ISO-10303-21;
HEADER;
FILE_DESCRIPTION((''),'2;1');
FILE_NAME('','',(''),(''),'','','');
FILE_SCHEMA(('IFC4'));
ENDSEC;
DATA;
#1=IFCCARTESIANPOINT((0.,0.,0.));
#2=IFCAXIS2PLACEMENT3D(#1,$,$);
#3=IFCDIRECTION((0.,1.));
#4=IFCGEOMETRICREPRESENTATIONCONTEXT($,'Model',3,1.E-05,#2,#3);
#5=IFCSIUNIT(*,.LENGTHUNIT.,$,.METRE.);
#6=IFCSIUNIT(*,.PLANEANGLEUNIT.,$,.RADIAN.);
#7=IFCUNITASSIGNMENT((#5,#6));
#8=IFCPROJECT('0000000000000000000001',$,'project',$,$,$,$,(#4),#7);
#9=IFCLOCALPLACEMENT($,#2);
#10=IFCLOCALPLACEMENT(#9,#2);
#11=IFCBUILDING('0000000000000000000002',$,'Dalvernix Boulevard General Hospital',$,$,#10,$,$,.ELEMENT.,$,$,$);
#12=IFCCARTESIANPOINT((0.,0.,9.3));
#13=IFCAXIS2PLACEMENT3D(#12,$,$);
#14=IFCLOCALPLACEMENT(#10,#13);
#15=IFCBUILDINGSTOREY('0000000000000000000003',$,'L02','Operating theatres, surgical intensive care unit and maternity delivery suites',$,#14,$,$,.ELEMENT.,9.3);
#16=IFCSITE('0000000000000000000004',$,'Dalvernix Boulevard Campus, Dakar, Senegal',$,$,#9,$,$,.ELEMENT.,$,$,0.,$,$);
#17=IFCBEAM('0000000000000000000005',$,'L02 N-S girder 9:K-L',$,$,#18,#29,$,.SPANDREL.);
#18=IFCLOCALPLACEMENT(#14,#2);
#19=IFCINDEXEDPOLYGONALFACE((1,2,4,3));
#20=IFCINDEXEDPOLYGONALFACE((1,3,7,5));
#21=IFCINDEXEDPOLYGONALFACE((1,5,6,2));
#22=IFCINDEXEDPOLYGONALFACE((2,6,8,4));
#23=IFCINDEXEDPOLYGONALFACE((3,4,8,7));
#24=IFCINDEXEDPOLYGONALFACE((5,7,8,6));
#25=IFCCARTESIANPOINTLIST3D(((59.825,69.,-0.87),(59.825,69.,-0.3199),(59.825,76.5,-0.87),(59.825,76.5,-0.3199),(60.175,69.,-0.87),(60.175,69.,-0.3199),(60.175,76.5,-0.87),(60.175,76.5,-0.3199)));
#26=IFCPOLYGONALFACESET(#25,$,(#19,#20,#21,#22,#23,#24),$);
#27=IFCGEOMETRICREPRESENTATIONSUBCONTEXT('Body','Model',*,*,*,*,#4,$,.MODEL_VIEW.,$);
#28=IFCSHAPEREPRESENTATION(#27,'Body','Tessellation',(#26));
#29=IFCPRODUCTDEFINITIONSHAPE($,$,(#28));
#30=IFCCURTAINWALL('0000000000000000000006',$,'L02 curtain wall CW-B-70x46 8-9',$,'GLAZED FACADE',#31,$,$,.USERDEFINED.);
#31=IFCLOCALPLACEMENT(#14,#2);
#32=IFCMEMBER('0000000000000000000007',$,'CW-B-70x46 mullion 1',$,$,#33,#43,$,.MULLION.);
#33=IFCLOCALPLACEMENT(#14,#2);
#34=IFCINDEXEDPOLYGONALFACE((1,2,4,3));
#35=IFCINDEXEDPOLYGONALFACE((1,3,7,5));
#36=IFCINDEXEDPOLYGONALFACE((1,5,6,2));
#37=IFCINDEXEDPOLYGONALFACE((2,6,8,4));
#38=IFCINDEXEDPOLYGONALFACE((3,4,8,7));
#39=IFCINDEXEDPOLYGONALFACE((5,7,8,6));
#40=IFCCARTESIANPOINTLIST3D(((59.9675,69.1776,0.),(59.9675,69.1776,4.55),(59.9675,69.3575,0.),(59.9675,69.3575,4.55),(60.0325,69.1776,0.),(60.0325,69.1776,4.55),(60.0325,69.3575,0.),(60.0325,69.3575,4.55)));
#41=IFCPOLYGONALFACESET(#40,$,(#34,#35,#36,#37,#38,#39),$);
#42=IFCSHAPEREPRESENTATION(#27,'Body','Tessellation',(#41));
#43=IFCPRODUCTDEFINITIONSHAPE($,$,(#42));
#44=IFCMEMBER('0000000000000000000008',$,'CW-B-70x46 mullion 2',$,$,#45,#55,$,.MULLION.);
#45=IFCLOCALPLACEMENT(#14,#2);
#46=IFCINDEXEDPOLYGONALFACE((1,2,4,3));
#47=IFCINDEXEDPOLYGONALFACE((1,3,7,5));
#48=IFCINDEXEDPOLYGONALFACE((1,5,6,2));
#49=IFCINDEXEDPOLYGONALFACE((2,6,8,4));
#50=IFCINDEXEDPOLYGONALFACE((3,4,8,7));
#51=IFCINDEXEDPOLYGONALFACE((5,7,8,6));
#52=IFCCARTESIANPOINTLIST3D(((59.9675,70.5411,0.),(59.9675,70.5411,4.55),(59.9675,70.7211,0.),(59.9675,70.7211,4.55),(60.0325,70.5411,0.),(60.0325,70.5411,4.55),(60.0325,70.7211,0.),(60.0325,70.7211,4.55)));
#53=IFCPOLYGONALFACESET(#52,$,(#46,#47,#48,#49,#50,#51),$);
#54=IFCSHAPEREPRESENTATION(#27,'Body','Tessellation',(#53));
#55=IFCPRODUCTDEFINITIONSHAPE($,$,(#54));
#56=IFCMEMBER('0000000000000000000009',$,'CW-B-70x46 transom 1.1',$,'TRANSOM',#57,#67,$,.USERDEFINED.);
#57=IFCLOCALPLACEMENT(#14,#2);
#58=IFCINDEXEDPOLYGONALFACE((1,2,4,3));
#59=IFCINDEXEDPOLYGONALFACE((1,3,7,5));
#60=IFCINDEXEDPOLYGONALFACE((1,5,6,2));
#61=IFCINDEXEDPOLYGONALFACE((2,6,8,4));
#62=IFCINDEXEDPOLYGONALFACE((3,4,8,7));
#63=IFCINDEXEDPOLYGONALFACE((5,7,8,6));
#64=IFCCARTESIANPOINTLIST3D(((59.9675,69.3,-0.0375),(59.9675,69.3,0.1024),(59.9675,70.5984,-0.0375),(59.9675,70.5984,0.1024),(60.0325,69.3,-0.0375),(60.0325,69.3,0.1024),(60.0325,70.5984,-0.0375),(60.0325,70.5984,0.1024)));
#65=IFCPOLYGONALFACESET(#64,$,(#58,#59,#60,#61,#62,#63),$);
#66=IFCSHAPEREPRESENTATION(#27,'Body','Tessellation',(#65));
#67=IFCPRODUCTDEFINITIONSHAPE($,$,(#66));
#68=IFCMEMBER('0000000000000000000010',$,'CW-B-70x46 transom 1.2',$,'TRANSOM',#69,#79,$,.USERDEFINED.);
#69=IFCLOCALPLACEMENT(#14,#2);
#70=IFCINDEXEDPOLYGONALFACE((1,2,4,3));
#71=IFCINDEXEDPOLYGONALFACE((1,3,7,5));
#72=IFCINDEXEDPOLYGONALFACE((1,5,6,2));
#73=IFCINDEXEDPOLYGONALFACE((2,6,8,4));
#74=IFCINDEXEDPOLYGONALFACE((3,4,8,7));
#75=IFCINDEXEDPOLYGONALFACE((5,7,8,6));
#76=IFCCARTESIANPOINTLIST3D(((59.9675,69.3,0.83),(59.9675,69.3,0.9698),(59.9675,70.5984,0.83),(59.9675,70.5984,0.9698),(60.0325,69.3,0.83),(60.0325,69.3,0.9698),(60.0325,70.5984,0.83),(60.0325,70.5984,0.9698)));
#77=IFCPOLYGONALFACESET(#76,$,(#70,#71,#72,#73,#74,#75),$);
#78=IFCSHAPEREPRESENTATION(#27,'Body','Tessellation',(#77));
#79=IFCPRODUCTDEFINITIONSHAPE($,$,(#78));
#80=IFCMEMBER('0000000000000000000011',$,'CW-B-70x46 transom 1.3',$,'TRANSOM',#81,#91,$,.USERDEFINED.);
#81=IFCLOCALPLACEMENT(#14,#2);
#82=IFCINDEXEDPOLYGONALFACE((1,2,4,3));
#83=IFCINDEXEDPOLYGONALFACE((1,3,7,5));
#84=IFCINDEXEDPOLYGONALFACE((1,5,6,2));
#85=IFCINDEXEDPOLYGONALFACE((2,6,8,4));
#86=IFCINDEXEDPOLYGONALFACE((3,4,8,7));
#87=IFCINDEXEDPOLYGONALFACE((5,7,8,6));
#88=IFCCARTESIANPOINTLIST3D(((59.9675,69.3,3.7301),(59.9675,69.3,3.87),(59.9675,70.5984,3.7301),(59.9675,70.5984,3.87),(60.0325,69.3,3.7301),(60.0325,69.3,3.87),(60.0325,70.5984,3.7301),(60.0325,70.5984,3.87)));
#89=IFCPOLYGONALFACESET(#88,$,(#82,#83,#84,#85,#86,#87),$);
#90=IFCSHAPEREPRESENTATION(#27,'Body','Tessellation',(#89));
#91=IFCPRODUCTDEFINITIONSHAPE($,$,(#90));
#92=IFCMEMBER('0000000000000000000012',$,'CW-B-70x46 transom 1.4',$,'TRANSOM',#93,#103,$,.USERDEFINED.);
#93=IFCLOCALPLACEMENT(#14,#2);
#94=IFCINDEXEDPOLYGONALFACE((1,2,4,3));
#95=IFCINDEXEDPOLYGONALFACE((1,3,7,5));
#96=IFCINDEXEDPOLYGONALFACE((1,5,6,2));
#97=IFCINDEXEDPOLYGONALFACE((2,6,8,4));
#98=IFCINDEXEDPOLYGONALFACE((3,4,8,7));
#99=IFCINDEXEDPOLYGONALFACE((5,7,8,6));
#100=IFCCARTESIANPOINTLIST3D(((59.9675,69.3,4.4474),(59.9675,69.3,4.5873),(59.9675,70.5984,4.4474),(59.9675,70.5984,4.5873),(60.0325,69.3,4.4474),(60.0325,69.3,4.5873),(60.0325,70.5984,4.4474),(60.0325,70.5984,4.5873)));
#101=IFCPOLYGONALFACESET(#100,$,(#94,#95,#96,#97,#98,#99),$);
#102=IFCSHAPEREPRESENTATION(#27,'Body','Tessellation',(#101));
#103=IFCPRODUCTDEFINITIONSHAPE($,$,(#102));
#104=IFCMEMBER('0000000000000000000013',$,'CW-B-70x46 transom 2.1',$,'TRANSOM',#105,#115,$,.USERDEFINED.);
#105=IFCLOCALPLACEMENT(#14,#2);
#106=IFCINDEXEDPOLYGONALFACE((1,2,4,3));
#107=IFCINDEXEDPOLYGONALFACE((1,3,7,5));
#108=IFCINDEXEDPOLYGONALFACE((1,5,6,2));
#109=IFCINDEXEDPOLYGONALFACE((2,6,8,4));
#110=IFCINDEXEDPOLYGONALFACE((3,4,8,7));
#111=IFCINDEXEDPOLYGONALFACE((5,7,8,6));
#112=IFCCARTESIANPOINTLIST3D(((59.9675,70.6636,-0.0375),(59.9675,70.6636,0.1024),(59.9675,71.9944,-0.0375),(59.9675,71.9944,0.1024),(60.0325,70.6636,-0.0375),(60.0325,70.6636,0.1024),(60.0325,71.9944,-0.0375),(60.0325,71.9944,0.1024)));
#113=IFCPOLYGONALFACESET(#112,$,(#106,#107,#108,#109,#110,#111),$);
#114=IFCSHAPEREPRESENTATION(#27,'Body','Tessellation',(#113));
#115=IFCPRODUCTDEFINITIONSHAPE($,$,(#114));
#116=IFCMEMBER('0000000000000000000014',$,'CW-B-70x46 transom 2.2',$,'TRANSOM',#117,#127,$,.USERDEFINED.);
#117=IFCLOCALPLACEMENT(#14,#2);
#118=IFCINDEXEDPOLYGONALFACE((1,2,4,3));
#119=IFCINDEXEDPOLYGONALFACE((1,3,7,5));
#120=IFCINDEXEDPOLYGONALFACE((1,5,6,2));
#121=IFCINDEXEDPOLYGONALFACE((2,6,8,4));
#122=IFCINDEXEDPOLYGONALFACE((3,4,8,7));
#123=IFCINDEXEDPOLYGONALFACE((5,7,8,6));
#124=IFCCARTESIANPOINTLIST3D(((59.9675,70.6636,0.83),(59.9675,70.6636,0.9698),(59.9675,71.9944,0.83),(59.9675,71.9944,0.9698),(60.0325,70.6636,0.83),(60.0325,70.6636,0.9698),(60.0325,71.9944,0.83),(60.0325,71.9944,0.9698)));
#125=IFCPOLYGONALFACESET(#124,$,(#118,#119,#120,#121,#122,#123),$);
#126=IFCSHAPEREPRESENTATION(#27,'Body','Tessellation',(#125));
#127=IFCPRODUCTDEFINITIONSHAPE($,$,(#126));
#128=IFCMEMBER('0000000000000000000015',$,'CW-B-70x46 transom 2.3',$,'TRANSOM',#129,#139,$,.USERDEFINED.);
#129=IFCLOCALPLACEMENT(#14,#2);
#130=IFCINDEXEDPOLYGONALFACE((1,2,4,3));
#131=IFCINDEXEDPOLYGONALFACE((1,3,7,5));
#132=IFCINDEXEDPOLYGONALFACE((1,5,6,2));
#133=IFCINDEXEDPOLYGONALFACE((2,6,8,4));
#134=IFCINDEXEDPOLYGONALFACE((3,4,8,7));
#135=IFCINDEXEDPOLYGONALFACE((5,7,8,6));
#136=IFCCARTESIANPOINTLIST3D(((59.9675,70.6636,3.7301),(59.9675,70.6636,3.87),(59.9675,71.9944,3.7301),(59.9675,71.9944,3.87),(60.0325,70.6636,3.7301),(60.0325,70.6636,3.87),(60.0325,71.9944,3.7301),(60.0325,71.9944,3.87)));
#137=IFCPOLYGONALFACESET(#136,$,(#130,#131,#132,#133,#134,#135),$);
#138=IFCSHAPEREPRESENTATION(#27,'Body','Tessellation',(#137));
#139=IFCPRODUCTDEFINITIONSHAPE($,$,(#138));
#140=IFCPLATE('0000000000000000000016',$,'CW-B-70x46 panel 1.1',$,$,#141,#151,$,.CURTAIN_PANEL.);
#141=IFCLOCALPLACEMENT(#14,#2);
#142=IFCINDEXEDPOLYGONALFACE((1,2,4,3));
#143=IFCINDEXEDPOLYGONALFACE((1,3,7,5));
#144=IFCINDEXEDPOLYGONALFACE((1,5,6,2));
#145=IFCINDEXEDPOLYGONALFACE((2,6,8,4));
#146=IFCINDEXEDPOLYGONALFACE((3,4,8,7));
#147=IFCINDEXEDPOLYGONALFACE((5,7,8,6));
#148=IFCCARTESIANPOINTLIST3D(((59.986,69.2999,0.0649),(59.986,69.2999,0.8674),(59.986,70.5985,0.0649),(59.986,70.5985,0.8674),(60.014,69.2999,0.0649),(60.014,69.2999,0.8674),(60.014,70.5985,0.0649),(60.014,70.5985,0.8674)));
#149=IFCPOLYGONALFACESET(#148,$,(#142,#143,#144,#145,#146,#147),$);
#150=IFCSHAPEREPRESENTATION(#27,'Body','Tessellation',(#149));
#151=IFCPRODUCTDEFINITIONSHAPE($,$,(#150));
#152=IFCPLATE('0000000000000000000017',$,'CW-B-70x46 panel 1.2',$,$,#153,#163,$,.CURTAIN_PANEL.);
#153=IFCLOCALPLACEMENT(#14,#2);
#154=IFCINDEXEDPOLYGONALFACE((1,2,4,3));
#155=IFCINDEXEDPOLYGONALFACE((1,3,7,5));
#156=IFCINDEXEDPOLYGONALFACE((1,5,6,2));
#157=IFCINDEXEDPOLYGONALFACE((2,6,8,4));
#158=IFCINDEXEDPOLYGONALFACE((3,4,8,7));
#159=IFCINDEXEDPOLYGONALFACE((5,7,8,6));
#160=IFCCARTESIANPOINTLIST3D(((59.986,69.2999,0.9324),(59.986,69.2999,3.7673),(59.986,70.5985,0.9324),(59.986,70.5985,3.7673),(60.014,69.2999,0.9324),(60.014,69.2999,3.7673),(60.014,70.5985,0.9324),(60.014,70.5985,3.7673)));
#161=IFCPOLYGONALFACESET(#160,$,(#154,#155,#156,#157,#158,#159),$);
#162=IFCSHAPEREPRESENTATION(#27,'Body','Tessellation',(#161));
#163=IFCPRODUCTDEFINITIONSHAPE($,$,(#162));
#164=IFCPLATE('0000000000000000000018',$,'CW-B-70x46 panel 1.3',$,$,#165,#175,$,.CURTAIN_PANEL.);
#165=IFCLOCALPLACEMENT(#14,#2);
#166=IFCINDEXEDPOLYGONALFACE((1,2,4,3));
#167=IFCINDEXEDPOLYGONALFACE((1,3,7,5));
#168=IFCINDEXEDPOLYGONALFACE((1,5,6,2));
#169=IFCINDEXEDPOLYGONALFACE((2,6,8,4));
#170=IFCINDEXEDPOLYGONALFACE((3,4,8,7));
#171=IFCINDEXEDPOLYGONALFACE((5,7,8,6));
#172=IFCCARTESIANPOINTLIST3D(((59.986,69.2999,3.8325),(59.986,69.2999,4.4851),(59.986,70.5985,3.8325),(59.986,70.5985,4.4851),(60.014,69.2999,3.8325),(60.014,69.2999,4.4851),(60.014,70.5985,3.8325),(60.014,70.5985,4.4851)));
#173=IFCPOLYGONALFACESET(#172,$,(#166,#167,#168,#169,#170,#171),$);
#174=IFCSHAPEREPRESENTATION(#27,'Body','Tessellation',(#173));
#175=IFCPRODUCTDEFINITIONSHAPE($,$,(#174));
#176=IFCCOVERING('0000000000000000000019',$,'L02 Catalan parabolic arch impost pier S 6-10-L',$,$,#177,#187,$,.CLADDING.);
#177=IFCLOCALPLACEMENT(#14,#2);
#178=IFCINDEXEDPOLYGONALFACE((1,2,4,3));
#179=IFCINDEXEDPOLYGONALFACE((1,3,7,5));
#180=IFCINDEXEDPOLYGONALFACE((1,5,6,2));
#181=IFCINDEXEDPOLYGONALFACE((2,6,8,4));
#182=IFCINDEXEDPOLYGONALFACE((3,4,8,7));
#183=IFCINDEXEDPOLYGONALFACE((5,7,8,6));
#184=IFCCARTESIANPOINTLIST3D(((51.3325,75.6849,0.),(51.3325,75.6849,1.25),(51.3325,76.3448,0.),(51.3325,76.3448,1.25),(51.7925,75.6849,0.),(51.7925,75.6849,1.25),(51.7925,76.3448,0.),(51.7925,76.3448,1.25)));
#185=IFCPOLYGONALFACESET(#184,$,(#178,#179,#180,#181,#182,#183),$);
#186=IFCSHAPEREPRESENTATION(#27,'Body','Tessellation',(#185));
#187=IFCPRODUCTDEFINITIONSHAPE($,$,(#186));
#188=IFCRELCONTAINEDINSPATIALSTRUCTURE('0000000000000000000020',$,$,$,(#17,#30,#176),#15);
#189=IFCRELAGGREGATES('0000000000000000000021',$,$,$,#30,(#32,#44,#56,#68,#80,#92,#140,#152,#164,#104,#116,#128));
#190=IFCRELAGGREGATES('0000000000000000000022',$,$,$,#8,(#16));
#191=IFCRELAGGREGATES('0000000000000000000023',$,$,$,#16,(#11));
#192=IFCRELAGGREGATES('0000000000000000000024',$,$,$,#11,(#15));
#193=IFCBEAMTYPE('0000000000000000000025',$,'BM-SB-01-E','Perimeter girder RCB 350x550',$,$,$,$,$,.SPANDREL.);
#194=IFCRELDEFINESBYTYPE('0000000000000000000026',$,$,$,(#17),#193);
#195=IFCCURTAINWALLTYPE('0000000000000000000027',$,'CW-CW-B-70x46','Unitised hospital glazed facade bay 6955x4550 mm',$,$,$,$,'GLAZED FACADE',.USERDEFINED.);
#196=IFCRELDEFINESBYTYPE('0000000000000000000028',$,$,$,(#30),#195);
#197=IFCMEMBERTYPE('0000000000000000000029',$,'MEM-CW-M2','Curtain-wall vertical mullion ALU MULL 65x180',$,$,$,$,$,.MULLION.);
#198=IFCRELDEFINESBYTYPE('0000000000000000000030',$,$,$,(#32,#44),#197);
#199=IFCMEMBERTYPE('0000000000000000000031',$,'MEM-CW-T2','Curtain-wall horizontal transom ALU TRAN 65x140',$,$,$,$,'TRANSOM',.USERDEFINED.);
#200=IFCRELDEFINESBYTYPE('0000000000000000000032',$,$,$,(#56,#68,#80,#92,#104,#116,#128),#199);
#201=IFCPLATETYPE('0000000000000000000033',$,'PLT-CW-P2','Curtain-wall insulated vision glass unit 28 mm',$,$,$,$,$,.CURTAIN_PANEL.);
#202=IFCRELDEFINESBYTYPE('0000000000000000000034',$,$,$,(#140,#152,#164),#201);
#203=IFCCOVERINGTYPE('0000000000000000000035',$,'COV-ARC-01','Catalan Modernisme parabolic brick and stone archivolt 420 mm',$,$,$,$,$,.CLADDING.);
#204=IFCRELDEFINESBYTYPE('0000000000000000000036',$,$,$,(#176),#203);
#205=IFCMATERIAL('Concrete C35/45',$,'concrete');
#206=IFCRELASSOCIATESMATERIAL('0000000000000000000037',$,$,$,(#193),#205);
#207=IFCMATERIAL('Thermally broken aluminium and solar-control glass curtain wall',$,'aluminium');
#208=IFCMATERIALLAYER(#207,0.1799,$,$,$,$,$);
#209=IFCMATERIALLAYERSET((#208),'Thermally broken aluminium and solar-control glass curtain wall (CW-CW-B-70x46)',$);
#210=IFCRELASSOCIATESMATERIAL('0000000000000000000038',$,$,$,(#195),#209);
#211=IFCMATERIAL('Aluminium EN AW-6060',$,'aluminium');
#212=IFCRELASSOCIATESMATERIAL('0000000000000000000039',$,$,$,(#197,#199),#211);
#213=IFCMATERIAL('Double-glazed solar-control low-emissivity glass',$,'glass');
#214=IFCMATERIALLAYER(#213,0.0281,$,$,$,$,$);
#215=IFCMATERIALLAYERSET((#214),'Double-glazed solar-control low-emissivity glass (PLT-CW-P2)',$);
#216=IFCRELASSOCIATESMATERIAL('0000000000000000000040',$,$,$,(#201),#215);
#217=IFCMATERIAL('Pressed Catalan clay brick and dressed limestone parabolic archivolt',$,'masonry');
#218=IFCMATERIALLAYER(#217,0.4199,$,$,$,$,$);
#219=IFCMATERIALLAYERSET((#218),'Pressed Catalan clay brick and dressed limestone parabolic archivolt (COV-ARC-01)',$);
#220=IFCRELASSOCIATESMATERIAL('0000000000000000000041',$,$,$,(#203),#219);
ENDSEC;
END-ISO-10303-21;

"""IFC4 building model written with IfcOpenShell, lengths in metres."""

from ifc_helpers import new_model, si_unit, direction, frame, origin, origin_2d, place, context, subcontext, project, spatial, rectangle, extrude, material, layer, layer_set, material_profile, profile_set, type_object, element, aggregate, save


model = new_model("IFC4")

# Units and contexts
model_context = context("Model", 3, precision=1e-05, world=origin(), true_north=direction((0.0, 1.0)))
body_context = subcontext(model_context, "Body", "Model", "MODEL_VIEW")
ifc_project = project(units=[si_unit("LENGTHUNIT", "METRE"), si_unit("PLANEANGLEUNIT", "RADIAN")], contexts=[model_context])

# Site, building, storey
site_placement = place(None, origin())
site = spatial("IfcSite", under=ifc_project, at=site_placement, Name="Dalvernix Boulevard Campus, Dakar, Senegal", CompositionType="ELEMENT", RefElevation=0.0)
building_placement = place(site_placement, origin())
building = spatial("IfcBuilding", under=site, at=building_placement, Name="Dalvernix Boulevard General Hospital", CompositionType="ELEMENT")
storey_placement = place(building_placement, frame((0.0, 0.0, 9.3)))
storey = spatial("IfcBuildingStorey", under=building, at=storey_placement, Name="L02", Description="Operating theatres, surgical intensive care unit and maternity delivery suites", CompositionType="ELEMENT", Elevation=9.3)

# Beam
ifc_material_1 = material(Name="Concrete C35/45", Category="concrete")
ifc_material_profile_1 = material_profile(ifc_material_1, rectangle(XDim=0.3501, YDim=0.55, at=origin_2d()), Name="RCB 350x550")
ifc_profile_set_1 = profile_set([ifc_material_profile_1], Name="Concrete C35/45")
beam_type = type_object("IfcBeamType", Name="BM-SB-01-E", Description="Perimeter girder RCB 350x550", PredefinedType="SPANDREL", material=ifc_profile_set_1)
beam_placement = place(storey_placement, frame((60.0, 69.0, -0.595), z_axis=(0.0, 1.0, 0.0), x_axis=(-1.0, 0.0, 0.0)))
element("IfcBeam", 1, at=beam_placement, inside=storey, type_object=beam_type, Name="L02 N-S girder 9:K-L", PredefinedType="SPANDREL", context=body_context, shape_type="SweptSolid", body=[
    extrude(rectangle(XDim=0.3501, YDim=0.55, at=origin_2d()), origin(), (0.0, 0.0, 1.0), 7.5),
])

# Curtain wall, members, plates
ifc_material_2 = material(Name="Thermally broken aluminium and solar-control glass curtain wall", Category="aluminium")
ifc_layer_1 = layer(ifc_material_2, 0.1799)
ifc_layer_set_1 = layer_set([ifc_layer_1], Name="Thermally broken aluminium and solar-control glass curtain wall (CW-CW-B-70x46)")
curtain_wall_type = type_object("IfcCurtainWallType", Name="CW-CW-B-70x46", Description="Unitised hospital glazed facade bay 6955x4550 mm", ElementType="GLAZED FACADE", PredefinedType="USERDEFINED", material=ifc_layer_set_1)
curtain_wall_placement = place(storey_placement, origin())
curtain_wall = element("IfcCurtainWall", 2, at=curtain_wall_placement, inside=storey, type_object=curtain_wall_type, Name="L02 curtain wall CW-B-70x46 8-9", ObjectType="GLAZED FACADE", PredefinedType="USERDEFINED")
ifc_material_3 = material(Name="Aluminium EN AW-6060", Category="aluminium")
ifc_material_profile_2 = material_profile(ifc_material_3, rectangle(XDim=0.0649, YDim=0.1799, at=origin_2d()), Name="ALU MULL 65x180")
ifc_profile_set_2 = profile_set([ifc_material_profile_2], Name="Aluminium EN AW-6060")
member_type_1 = type_object("IfcMemberType", Name="MEM-CW-M2", Description="Curtain-wall vertical mullion ALU MULL 65x180", PredefinedType="MULLION", material=ifc_profile_set_2)
member_1_placement = place(storey_placement, frame((60.0, 69.2676, 0.0), z_axis=(0.0, 0.0, 1.0), x_axis=(-1.0, 0.0, 0.0)))
member_1 = element("IfcMember", 3, at=member_1_placement, type_object=member_type_1, Name="CW-B-70x46 mullion 1", PredefinedType="MULLION", context=body_context, shape_type="SweptSolid", body=[
    extrude(rectangle(XDim=0.0649, YDim=0.1799, at=origin_2d()), origin(), (0.0, 0.0, 1.0), 4.55),
])
member_2_placement = place(storey_placement, frame((60.0, 70.6311, 0.0), z_axis=(0.0, 0.0, 1.0), x_axis=(-1.0, 0.0, 0.0)))
member_2 = element("IfcMember", 4, at=member_2_placement, type_object=member_type_1, Name="CW-B-70x46 mullion 2", PredefinedType="MULLION", context=body_context, shape_type="SweptSolid", body=[
    extrude(rectangle(XDim=0.0649, YDim=0.1799, at=origin_2d()), origin(), (0.0, 0.0, 1.0), 4.55),
])
ifc_material_profile_3 = material_profile(ifc_material_3, rectangle(XDim=0.0649, YDim=0.1399, at=origin_2d()), Name="ALU TRAN 65x140")
ifc_profile_set_3 = profile_set([ifc_material_profile_3], Name="Aluminium EN AW-6060")
member_type_2 = type_object("IfcMemberType", Name="MEM-CW-T2", Description="Curtain-wall horizontal transom ALU TRAN 65x140", ElementType="TRANSOM", PredefinedType="USERDEFINED", material=ifc_profile_set_3)
member_3_placement = place(storey_placement, frame((60.0, 69.3, 0.0325), z_axis=(0.0, 1.0, 0.0), x_axis=(-1.0, 0.0, 0.0)))
member_3 = element("IfcMember", 5, at=member_3_placement, type_object=member_type_2, Name="CW-B-70x46 transom 1.1", ObjectType="TRANSOM", PredefinedType="USERDEFINED", context=body_context, shape_type="SweptSolid", body=[
    extrude(rectangle(XDim=0.0649, YDim=0.1399, at=origin_2d()), origin(), (0.0, 0.0, 1.0), 1.2983),
])
member_4_placement = place(storey_placement, frame((60.0, 69.3, 0.8999), z_axis=(0.0, 1.0, 0.0), x_axis=(-1.0, 0.0, 0.0)))
member_4 = element("IfcMember", 6, at=member_4_placement, type_object=member_type_2, Name="CW-B-70x46 transom 1.2", ObjectType="TRANSOM", PredefinedType="USERDEFINED", context=body_context, shape_type="SweptSolid", body=[
    extrude(rectangle(XDim=0.0649, YDim=0.1399, at=origin_2d()), origin(), (0.0, 0.0, 1.0), 1.2983),
])
member_5_placement = place(storey_placement, frame((60.0, 69.3, 3.8), z_axis=(0.0, 1.0, 0.0), x_axis=(-1.0, 0.0, 0.0)))
member_5 = element("IfcMember", 7, at=member_5_placement, type_object=member_type_2, Name="CW-B-70x46 transom 1.3", ObjectType="TRANSOM", PredefinedType="USERDEFINED", context=body_context, shape_type="SweptSolid", body=[
    extrude(rectangle(XDim=0.0649, YDim=0.1399, at=origin_2d()), origin(), (0.0, 0.0, 1.0), 1.2983),
])
member_6_placement = place(storey_placement, frame((60.0, 69.3, 4.5173), z_axis=(0.0, 1.0, 0.0), x_axis=(-1.0, 0.0, 0.0)))
member_6 = element("IfcMember", 8, at=member_6_placement, type_object=member_type_2, Name="CW-B-70x46 transom 1.4", ObjectType="TRANSOM", PredefinedType="USERDEFINED", context=body_context, shape_type="SweptSolid", body=[
    extrude(rectangle(XDim=0.0649, YDim=0.1399, at=origin_2d()), origin(), (0.0, 0.0, 1.0), 1.2983),
])
member_7_placement = place(storey_placement, frame((60.0, 70.6636, 0.0325), z_axis=(0.0, 1.0, 0.0), x_axis=(-1.0, 0.0, 0.0)))
member_7 = element("IfcMember", 9, at=member_7_placement, type_object=member_type_2, Name="CW-B-70x46 transom 2.1", ObjectType="TRANSOM", PredefinedType="USERDEFINED", context=body_context, shape_type="SweptSolid", body=[
    extrude(rectangle(XDim=0.0649, YDim=0.1399, at=origin_2d()), origin(), (0.0, 0.0, 1.0), 1.3308),
])
member_8_placement = place(storey_placement, frame((60.0, 70.6636, 0.8999), z_axis=(0.0, 1.0, 0.0), x_axis=(-1.0, 0.0, 0.0)))
member_8 = element("IfcMember", 10, at=member_8_placement, type_object=member_type_2, Name="CW-B-70x46 transom 2.2", ObjectType="TRANSOM", PredefinedType="USERDEFINED", context=body_context, shape_type="SweptSolid", body=[
    extrude(rectangle(XDim=0.0649, YDim=0.1399, at=origin_2d()), origin(), (0.0, 0.0, 1.0), 1.3308),
])
member_9_placement = place(storey_placement, frame((60.0, 70.6636, 3.8), z_axis=(0.0, 1.0, 0.0), x_axis=(-1.0, 0.0, 0.0)))
member_9 = element("IfcMember", 11, at=member_9_placement, type_object=member_type_2, Name="CW-B-70x46 transom 2.3", ObjectType="TRANSOM", PredefinedType="USERDEFINED", context=body_context, shape_type="SweptSolid", body=[
    extrude(rectangle(XDim=0.0649, YDim=0.1399, at=origin_2d()), origin(), (0.0, 0.0, 1.0), 1.3308),
])
ifc_material_4 = material(Name="Double-glazed solar-control low-emissivity glass", Category="glass")
ifc_layer_2 = layer(ifc_material_4, 0.0281)
ifc_layer_set_2 = layer_set([ifc_layer_2], Name="Double-glazed solar-control low-emissivity glass (PLT-CW-P2)")
plate_type = type_object("IfcPlateType", Name="PLT-CW-P2", Description="Curtain-wall insulated vision glass unit 28 mm", PredefinedType="CURTAIN_PANEL", material=ifc_layer_set_2)
plate_1_placement = place(storey_placement, frame((60.0, 69.9492, 0.0649), z_axis=(0.0, 0.0, 1.0), x_axis=(0.0, 1.0, 0.0)))
plate_1 = element("IfcPlate", 12, at=plate_1_placement, type_object=plate_type, Name="CW-B-70x46 panel 1.1", PredefinedType="CURTAIN_PANEL", context=body_context, shape_type="SweptSolid", body=[
    extrude(rectangle(XDim=1.2986, YDim=0.0281, at=origin_2d()), origin(), (0.0, 0.0, 1.0), 0.8025),
])
plate_2_placement = place(storey_placement, frame((60.0, 69.9492, 0.9324), z_axis=(0.0, 0.0, 1.0), x_axis=(0.0, 1.0, 0.0)))
plate_2 = element("IfcPlate", 13, at=plate_2_placement, type_object=plate_type, Name="CW-B-70x46 panel 1.2", PredefinedType="CURTAIN_PANEL", context=body_context, shape_type="SweptSolid", body=[
    extrude(rectangle(XDim=1.2986, YDim=0.0281, at=origin_2d()), origin(), (0.0, 0.0, 1.0), 2.835),
])
plate_3_placement = place(storey_placement, frame((60.0, 69.9492, 3.8325), z_axis=(0.0, 0.0, 1.0), x_axis=(0.0, 1.0, 0.0)))
plate_3 = element("IfcPlate", 14, at=plate_3_placement, type_object=plate_type, Name="CW-B-70x46 panel 1.3", PredefinedType="CURTAIN_PANEL", context=body_context, shape_type="SweptSolid", body=[
    extrude(rectangle(XDim=1.2986, YDim=0.0281, at=origin_2d()), origin(), (0.0, 0.0, 1.0), 0.6526),
])
aggregate(curtain_wall, [member_1, member_2, member_3, member_4, member_5, member_6, plate_1, plate_2, plate_3, member_7, member_8, member_9])

# Covering
ifc_material_5 = material(Name="Pressed Catalan clay brick and dressed limestone parabolic archivolt", Category="masonry")
ifc_layer_3 = layer(ifc_material_5, 0.4199)
ifc_layer_set_3 = layer_set([ifc_layer_3], Name="Pressed Catalan clay brick and dressed limestone parabolic archivolt (COV-ARC-01)")
covering_type_1 = type_object("IfcCoveringType", Name="COV-ARC-01", Description="Catalan Modernisme parabolic brick and stone archivolt 420 mm", PredefinedType="CLADDING", material=ifc_layer_set_3)
covering_1_placement = place(storey_placement, frame((51.5625, 76.0149, 0.0), z_axis=(0.0, 0.0, 1.0), x_axis=(-1.0, 0.0, 0.0)))
element("IfcCovering", 15, at=covering_1_placement, inside=storey, type_object=covering_type_1, Name="L02 Catalan parabolic arch impost pier S 6-10-L", PredefinedType="CLADDING", context=body_context, shape_type="SweptSolid", body=[
    extrude(rectangle(XDim=0.46, YDim=0.6599, at=origin_2d()), origin(), (0.0, 0.0, 1.0), 1.25),
])

save(model, "model.ifc")
